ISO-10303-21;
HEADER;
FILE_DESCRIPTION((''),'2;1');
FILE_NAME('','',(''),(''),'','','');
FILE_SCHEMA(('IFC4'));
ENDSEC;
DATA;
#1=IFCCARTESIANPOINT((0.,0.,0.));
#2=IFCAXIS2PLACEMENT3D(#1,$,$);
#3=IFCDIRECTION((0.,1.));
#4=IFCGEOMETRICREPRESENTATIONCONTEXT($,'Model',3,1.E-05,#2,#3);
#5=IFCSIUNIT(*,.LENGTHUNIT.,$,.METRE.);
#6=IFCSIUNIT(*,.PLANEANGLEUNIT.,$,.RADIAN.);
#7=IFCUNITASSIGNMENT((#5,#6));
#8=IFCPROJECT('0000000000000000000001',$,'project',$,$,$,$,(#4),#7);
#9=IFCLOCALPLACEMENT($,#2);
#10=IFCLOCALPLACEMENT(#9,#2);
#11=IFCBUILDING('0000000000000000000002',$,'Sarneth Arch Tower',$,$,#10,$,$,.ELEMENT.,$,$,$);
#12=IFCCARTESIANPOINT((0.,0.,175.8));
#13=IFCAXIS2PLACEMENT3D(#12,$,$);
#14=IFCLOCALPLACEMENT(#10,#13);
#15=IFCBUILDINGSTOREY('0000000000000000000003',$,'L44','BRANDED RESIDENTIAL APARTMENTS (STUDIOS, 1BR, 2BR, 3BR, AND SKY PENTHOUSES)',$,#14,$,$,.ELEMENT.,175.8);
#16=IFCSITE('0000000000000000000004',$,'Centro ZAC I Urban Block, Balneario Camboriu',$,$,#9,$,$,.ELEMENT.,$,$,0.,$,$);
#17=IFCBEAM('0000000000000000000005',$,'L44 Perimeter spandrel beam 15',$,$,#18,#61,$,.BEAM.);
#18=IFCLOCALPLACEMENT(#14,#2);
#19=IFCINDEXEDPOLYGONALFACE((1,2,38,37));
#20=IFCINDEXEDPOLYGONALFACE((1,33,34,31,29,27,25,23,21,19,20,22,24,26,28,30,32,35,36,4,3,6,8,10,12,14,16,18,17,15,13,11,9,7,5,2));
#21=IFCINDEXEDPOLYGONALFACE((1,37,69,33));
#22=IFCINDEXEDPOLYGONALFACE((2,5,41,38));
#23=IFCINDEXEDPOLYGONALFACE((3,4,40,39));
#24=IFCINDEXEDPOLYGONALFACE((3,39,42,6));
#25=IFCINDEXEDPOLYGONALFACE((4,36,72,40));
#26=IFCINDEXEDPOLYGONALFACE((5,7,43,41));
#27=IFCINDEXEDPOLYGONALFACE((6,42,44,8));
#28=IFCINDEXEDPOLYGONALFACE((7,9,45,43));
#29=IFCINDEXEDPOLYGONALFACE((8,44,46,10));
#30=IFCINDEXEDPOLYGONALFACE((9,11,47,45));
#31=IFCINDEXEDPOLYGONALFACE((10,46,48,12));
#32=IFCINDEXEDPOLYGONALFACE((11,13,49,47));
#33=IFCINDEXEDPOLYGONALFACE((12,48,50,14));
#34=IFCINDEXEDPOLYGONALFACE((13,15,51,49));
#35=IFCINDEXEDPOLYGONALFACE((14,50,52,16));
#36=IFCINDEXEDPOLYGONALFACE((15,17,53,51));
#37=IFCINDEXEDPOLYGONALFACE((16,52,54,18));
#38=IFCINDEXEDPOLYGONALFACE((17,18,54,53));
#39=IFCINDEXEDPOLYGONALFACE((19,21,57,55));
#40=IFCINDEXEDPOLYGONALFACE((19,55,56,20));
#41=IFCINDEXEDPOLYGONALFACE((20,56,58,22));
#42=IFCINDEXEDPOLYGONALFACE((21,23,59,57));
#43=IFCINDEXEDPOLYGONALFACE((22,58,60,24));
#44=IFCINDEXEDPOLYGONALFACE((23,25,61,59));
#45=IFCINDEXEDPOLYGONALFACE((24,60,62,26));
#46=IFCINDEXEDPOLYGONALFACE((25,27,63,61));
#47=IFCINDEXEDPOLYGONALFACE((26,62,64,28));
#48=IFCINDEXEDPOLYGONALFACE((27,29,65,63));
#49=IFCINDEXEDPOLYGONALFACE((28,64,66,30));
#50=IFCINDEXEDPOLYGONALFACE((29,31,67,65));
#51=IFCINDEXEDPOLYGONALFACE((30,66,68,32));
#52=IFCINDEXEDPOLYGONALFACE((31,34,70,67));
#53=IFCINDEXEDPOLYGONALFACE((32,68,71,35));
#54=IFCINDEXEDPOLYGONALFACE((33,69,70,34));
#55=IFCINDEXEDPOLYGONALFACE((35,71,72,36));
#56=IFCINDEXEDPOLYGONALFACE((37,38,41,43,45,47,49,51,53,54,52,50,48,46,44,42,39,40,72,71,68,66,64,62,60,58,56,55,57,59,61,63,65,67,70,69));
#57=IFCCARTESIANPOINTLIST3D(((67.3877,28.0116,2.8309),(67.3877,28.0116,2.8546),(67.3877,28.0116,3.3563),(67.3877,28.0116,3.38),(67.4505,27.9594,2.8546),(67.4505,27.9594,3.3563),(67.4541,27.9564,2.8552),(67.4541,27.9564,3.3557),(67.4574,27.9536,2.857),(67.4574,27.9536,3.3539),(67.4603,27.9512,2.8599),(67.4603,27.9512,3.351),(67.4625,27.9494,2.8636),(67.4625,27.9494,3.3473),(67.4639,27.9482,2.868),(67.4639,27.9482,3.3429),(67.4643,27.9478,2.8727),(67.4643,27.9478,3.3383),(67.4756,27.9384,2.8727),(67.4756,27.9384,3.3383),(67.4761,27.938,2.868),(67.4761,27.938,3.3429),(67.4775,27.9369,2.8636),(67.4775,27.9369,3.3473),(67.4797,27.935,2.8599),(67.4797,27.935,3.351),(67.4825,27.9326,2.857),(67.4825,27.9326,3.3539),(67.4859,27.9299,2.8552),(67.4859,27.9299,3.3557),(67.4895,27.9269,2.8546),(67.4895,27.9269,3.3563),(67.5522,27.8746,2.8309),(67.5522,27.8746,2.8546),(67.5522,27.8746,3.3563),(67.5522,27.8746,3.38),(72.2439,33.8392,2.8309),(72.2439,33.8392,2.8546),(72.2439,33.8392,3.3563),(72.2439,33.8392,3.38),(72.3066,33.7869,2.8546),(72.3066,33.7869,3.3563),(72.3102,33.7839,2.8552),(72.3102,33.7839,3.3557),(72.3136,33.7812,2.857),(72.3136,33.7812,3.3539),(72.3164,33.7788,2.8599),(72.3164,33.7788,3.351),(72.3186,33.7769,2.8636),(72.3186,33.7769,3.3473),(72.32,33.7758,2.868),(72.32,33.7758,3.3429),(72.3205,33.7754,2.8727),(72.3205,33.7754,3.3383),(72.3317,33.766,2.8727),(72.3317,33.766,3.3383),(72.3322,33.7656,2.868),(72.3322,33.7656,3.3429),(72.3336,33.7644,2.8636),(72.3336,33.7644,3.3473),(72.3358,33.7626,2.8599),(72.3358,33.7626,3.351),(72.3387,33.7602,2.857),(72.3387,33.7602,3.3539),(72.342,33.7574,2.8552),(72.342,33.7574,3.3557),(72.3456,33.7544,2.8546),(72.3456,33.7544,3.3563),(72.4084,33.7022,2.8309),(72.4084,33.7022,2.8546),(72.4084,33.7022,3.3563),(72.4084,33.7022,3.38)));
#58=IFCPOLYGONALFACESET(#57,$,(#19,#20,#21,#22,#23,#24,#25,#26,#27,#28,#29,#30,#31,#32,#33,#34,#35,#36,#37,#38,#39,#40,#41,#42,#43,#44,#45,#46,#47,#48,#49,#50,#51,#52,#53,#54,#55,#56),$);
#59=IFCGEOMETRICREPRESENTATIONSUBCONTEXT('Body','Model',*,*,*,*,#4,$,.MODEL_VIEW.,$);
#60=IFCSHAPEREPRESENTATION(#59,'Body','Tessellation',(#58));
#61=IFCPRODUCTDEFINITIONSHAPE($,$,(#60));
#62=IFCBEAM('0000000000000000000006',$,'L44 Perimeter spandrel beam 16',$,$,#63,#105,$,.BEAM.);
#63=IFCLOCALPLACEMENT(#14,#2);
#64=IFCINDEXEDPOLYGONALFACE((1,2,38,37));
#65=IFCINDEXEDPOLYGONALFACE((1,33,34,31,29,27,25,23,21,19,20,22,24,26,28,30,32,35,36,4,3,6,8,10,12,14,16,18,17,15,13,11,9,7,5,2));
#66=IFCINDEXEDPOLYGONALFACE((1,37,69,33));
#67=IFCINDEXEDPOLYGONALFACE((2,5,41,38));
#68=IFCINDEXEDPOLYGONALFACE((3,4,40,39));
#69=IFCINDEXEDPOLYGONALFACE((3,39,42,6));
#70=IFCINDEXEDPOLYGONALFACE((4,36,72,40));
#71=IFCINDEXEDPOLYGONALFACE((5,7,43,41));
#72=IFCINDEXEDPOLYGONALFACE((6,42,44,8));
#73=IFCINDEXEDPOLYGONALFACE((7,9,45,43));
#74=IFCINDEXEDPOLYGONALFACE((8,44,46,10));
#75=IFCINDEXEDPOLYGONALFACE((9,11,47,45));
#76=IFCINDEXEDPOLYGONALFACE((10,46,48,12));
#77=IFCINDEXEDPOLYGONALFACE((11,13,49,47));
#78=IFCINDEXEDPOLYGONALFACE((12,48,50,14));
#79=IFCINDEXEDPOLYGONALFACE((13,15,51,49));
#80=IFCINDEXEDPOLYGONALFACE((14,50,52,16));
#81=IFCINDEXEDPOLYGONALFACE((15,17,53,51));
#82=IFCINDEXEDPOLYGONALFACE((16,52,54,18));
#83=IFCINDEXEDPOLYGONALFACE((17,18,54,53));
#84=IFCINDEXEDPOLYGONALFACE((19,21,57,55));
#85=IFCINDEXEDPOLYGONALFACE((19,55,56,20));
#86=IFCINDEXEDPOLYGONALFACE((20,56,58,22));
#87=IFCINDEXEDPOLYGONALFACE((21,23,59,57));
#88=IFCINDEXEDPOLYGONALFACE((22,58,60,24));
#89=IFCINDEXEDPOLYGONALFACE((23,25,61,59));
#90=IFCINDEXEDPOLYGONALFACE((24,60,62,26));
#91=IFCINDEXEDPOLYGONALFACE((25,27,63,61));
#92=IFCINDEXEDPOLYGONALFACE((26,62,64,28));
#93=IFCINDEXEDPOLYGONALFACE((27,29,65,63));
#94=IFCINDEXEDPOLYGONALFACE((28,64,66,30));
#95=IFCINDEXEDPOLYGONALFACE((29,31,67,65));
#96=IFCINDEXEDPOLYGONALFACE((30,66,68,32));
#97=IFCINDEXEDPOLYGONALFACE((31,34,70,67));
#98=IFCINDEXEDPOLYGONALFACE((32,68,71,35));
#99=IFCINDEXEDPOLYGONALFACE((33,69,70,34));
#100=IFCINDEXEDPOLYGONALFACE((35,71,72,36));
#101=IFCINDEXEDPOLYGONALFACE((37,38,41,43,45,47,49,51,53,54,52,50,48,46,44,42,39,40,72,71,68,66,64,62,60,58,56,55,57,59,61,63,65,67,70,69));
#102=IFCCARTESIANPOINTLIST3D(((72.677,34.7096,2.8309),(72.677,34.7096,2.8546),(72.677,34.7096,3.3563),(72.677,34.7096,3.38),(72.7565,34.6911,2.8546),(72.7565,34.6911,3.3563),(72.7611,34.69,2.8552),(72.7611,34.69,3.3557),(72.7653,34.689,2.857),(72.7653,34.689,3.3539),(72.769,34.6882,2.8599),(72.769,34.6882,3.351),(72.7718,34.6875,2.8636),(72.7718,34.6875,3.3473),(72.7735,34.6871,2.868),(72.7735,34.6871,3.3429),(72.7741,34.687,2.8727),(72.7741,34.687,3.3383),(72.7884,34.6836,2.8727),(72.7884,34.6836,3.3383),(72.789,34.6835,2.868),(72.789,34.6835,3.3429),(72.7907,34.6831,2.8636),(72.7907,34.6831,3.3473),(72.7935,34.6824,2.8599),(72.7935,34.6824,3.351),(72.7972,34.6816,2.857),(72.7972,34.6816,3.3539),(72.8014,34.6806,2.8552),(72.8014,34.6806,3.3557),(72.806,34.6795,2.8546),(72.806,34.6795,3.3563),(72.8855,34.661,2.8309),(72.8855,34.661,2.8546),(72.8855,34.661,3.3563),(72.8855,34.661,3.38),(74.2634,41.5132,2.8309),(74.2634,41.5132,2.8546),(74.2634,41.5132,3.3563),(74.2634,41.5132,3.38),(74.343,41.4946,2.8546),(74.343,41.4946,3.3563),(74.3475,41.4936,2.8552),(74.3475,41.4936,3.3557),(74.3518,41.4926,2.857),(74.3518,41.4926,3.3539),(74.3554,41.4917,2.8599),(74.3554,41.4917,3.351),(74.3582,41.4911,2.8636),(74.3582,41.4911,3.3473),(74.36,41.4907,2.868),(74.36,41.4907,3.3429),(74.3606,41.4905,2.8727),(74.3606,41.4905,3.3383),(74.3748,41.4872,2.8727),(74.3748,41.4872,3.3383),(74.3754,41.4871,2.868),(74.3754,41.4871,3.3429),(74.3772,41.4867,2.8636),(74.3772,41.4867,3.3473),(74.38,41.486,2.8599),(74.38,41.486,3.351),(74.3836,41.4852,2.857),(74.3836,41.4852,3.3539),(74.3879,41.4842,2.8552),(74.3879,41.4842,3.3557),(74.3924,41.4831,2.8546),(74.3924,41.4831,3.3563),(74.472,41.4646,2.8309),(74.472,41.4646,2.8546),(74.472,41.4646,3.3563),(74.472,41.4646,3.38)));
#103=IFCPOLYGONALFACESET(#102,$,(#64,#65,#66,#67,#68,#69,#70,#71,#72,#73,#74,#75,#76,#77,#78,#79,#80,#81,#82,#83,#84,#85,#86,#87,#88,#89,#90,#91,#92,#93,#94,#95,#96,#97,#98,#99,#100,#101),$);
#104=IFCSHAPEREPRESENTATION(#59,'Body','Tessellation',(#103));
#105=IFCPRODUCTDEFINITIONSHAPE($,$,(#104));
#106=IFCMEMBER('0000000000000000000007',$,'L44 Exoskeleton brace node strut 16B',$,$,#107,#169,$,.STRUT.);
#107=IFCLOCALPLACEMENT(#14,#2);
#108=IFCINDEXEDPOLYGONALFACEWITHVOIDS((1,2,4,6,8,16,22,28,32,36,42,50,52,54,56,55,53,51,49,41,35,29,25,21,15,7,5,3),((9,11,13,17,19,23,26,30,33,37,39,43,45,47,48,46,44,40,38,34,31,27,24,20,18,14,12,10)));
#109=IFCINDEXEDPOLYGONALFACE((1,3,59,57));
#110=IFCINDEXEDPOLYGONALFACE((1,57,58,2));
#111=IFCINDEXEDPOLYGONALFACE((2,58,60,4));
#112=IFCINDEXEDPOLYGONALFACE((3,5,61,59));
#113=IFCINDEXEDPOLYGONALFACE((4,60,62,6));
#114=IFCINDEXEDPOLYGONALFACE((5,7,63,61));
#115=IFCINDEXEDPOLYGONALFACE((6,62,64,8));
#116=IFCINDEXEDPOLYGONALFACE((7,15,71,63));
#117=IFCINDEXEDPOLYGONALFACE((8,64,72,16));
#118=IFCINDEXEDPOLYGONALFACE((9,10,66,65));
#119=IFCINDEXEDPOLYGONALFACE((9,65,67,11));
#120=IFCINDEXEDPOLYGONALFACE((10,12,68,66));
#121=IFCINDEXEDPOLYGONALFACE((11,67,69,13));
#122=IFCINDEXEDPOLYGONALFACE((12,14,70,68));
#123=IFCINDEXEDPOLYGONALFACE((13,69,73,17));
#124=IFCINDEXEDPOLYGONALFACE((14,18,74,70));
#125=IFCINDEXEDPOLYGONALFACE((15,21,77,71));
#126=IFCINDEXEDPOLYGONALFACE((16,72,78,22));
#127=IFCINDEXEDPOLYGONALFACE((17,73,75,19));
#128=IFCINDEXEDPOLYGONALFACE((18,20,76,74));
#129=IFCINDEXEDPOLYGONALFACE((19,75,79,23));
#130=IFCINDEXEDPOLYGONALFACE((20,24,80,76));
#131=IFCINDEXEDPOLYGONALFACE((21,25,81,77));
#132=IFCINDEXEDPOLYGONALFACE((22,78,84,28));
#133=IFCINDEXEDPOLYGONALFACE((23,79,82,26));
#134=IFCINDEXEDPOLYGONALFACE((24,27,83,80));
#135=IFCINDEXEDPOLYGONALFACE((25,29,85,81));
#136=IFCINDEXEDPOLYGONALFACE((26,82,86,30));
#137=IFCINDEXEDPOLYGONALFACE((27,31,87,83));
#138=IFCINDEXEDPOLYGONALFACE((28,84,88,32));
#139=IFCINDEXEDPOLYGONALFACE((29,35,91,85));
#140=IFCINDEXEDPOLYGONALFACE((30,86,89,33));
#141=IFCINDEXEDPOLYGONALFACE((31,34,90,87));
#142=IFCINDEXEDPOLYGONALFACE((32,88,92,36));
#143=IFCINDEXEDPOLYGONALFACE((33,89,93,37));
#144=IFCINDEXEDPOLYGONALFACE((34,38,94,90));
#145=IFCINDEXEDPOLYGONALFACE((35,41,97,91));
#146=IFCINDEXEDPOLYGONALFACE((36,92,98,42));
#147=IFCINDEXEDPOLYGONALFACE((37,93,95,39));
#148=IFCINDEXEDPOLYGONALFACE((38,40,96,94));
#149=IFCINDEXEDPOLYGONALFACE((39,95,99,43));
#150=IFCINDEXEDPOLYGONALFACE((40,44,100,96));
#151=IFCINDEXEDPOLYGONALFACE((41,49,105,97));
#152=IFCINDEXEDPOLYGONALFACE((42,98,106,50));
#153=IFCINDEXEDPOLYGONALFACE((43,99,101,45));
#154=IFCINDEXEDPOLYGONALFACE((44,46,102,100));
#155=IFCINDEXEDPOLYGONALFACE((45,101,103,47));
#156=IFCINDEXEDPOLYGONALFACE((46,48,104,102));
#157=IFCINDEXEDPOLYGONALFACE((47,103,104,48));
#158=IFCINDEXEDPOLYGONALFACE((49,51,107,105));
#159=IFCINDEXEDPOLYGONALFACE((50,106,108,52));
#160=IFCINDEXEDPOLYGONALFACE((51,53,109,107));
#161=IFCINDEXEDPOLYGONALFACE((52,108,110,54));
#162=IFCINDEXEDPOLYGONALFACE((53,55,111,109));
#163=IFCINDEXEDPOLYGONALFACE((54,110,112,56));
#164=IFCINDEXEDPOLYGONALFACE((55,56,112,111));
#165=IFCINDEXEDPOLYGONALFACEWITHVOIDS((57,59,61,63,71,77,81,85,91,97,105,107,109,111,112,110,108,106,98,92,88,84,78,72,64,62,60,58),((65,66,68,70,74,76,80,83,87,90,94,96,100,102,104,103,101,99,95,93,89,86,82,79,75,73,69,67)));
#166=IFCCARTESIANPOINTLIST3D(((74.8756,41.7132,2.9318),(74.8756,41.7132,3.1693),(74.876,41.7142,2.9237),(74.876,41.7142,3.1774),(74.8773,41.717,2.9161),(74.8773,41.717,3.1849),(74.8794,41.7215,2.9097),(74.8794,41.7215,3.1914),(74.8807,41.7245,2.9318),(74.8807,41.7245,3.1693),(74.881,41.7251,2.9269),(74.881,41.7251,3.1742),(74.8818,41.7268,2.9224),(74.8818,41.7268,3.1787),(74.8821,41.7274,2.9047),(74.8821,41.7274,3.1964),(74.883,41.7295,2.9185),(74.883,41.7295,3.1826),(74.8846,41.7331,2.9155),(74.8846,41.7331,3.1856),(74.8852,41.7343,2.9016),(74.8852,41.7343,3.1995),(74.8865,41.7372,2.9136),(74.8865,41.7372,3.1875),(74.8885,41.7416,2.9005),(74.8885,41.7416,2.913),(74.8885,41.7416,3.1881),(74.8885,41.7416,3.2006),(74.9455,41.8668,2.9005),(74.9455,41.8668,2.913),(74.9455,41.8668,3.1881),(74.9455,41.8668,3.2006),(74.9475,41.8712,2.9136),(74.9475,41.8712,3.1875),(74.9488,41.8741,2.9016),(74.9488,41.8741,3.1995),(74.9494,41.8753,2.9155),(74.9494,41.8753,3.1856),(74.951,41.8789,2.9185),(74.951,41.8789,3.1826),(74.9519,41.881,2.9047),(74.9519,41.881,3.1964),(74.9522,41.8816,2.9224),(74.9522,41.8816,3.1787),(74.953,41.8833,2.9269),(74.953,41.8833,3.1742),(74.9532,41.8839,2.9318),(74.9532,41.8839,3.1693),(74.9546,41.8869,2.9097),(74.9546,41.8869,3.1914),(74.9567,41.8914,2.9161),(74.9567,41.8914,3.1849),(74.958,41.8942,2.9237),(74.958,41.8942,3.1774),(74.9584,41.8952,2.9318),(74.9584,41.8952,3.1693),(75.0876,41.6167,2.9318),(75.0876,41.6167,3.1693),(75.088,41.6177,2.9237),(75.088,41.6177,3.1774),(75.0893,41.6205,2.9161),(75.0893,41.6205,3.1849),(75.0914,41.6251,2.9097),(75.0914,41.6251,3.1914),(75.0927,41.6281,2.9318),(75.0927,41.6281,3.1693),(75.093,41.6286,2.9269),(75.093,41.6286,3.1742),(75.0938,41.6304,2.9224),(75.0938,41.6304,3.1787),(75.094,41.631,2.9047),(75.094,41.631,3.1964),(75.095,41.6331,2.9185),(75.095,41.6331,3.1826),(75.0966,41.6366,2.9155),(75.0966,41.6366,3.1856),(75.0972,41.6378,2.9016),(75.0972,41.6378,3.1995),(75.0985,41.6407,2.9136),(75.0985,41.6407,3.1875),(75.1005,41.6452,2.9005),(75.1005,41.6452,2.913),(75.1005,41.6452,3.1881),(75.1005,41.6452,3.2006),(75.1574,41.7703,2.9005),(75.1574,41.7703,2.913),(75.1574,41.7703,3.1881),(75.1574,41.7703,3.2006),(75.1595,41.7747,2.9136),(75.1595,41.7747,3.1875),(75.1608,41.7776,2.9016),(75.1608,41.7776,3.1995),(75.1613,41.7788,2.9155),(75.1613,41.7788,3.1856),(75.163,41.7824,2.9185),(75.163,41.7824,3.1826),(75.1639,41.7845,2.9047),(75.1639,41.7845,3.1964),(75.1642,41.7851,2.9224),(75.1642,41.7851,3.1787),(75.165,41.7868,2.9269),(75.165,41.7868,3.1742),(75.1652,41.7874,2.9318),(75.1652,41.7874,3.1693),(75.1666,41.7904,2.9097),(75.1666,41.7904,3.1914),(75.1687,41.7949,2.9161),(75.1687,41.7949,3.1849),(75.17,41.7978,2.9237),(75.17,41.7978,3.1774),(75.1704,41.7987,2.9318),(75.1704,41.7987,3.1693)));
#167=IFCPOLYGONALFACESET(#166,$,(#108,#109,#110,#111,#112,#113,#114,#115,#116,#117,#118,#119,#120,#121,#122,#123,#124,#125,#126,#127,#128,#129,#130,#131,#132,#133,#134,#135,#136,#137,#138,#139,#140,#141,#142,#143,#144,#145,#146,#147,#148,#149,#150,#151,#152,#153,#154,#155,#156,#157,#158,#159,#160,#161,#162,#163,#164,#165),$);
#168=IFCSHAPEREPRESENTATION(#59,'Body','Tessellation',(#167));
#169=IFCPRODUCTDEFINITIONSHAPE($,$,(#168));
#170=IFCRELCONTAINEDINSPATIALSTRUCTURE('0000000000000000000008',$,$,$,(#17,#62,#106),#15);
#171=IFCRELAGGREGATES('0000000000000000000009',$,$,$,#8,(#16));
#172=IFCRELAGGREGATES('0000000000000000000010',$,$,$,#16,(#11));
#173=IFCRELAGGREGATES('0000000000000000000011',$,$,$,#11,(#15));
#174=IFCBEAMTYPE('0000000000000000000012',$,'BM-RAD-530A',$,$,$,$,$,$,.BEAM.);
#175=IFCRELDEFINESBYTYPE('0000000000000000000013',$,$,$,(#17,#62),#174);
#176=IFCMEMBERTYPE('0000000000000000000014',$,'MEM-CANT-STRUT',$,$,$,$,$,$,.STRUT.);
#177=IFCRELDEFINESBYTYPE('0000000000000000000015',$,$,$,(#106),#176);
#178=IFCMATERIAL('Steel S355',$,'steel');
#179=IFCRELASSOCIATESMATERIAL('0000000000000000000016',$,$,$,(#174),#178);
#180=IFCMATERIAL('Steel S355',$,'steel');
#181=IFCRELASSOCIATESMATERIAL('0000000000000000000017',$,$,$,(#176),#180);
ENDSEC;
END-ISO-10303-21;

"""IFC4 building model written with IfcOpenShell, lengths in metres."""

from ifc_helpers import new_model, si_unit, direction, frame, origin, origin_2d, place, context, subcontext, project, spatial, hollow_rectangle, i_section, extrude, material, material_profile, profile_set, type_object, element, save


model = new_model("IFC4")

# Units and contexts
model_context = context("Model", 3, precision=1e-05, world=origin(), true_north=direction((0.0, 1.0)))
body_context = subcontext(model_context, "Body", "Model", "MODEL_VIEW")
ifc_project = project(units=[si_unit("LENGTHUNIT", "METRE"), si_unit("PLANEANGLEUNIT", "RADIAN")], contexts=[model_context])

# Site, building, storey
site_placement = place(None, origin())
site = spatial("IfcSite", under=ifc_project, at=site_placement, Name="Centro ZAC I Urban Block, Balneario Camboriu", CompositionType="ELEMENT", RefElevation=0.0)
building_placement = place(site_placement, origin())
building = spatial("IfcBuilding", under=site, at=building_placement, Name="Sarneth Arch Tower", CompositionType="ELEMENT")
storey_placement = place(building_placement, frame((0.0, 0.0, 175.8)))
storey = spatial("IfcBuildingStorey", under=building, at=storey_placement, Name="L44", Description="BRANDED RESIDENTIAL APARTMENTS (STUDIOS, 1BR, 2BR, 3BR, AND SKY PENTHOUSES)", CompositionType="ELEMENT", Elevation=175.8)

# Beams
ifc_material_1 = material(Name="Steel S355", Category="steel")
ifc_material_profile_1 = material_profile(ifc_material_1, i_section(OverallWidth=0.2141, OverallDepth=0.5491, WebThickness=0.0146, FlangeThickness=0.0237, FilletRadius=0.0181, at=origin_2d()), Name="W530x138")
ifc_profile_set_1 = profile_set([ifc_material_profile_1], Name="Steel S355")
beam_type_1 = type_object("IfcBeamType", Name="BM-RAD-530A", PredefinedType="BEAM", material=ifc_profile_set_1)
beam_1_placement = place(storey_placement, frame((67.47, 27.9431, 3.1055), z_axis=(0.640172, 0.768232, 0.0), x_axis=(-0.768232, 0.640172, 0.0)))
element("IfcBeam", 1, at=beam_1_placement, inside=storey, type_object=beam_type_1, Name="L44 Perimeter spandrel beam 15", PredefinedType="BEAM", context=body_context, shape_type="SweptSolid", body=[
    extrude(i_section(OverallWidth=0.2141, OverallDepth=0.5491, WebThickness=0.0146, FlangeThickness=0.0237, FilletRadius=0.0181, at=origin_2d()), origin(), (0.0, 0.0, 1.0), 7.5857),
])
beam_2_placement = place(storey_placement, frame((72.7812, 34.6853, 3.1055), z_axis=(0.227087, 0.973874, 0.0), x_axis=(-0.973874, 0.227087, 0.0)))
element("IfcBeam", 2, at=beam_2_placement, inside=storey, type_object=beam_type_1, Name="L44 Perimeter spandrel beam 16", PredefinedType="BEAM", context=body_context, shape_type="SweptSolid", body=[
    extrude(i_section(OverallWidth=0.2141, OverallDepth=0.5491, WebThickness=0.0146, FlangeThickness=0.0237, FilletRadius=0.0181, at=origin_2d()), origin(), (0.0, 0.0, 1.0), 6.9861),
])

# Member
ifc_material_2 = material(Name="Steel S355", Category="steel")
ifc_material_profile_2 = material_profile(ifc_material_2, hollow_rectangle(XDim=0.2, YDim=0.3, WallThickness=0.0125, InnerFilletRadius=0.0188, OuterFilletRadius=0.0312, at=origin_2d()), Name="RHS300x200x12.5")
ifc_profile_set_2 = profile_set([ifc_material_profile_2], Name="Steel S355")
member_type_1 = type_object("IfcMemberType", Name="MEM-CANT-STRUT", PredefinedType="STRUT", material=ifc_profile_set_2)
member_1_placement = place(storey_placement, frame((74.917, 41.8042, 3.0505), z_axis=(0.910187, -0.414198, 0.0), x_axis=(0.414198, 0.910187, 0.0)))
element("IfcMember", 3, at=member_1_placement, inside=storey, type_object=member_type_1, Name="L44 Exoskeleton brace node strut 16B", PredefinedType="STRUT", context=body_context, shape_type="SweptSolid", body=[
    extrude(hollow_rectangle(XDim=0.2, YDim=0.3, WallThickness=0.0125, InnerFilletRadius=0.0188, OuterFilletRadius=0.0312, at=origin_2d()), origin(), (0.0, 0.0, 1.0), 0.2329),
])

save(model, "model.ifc")
